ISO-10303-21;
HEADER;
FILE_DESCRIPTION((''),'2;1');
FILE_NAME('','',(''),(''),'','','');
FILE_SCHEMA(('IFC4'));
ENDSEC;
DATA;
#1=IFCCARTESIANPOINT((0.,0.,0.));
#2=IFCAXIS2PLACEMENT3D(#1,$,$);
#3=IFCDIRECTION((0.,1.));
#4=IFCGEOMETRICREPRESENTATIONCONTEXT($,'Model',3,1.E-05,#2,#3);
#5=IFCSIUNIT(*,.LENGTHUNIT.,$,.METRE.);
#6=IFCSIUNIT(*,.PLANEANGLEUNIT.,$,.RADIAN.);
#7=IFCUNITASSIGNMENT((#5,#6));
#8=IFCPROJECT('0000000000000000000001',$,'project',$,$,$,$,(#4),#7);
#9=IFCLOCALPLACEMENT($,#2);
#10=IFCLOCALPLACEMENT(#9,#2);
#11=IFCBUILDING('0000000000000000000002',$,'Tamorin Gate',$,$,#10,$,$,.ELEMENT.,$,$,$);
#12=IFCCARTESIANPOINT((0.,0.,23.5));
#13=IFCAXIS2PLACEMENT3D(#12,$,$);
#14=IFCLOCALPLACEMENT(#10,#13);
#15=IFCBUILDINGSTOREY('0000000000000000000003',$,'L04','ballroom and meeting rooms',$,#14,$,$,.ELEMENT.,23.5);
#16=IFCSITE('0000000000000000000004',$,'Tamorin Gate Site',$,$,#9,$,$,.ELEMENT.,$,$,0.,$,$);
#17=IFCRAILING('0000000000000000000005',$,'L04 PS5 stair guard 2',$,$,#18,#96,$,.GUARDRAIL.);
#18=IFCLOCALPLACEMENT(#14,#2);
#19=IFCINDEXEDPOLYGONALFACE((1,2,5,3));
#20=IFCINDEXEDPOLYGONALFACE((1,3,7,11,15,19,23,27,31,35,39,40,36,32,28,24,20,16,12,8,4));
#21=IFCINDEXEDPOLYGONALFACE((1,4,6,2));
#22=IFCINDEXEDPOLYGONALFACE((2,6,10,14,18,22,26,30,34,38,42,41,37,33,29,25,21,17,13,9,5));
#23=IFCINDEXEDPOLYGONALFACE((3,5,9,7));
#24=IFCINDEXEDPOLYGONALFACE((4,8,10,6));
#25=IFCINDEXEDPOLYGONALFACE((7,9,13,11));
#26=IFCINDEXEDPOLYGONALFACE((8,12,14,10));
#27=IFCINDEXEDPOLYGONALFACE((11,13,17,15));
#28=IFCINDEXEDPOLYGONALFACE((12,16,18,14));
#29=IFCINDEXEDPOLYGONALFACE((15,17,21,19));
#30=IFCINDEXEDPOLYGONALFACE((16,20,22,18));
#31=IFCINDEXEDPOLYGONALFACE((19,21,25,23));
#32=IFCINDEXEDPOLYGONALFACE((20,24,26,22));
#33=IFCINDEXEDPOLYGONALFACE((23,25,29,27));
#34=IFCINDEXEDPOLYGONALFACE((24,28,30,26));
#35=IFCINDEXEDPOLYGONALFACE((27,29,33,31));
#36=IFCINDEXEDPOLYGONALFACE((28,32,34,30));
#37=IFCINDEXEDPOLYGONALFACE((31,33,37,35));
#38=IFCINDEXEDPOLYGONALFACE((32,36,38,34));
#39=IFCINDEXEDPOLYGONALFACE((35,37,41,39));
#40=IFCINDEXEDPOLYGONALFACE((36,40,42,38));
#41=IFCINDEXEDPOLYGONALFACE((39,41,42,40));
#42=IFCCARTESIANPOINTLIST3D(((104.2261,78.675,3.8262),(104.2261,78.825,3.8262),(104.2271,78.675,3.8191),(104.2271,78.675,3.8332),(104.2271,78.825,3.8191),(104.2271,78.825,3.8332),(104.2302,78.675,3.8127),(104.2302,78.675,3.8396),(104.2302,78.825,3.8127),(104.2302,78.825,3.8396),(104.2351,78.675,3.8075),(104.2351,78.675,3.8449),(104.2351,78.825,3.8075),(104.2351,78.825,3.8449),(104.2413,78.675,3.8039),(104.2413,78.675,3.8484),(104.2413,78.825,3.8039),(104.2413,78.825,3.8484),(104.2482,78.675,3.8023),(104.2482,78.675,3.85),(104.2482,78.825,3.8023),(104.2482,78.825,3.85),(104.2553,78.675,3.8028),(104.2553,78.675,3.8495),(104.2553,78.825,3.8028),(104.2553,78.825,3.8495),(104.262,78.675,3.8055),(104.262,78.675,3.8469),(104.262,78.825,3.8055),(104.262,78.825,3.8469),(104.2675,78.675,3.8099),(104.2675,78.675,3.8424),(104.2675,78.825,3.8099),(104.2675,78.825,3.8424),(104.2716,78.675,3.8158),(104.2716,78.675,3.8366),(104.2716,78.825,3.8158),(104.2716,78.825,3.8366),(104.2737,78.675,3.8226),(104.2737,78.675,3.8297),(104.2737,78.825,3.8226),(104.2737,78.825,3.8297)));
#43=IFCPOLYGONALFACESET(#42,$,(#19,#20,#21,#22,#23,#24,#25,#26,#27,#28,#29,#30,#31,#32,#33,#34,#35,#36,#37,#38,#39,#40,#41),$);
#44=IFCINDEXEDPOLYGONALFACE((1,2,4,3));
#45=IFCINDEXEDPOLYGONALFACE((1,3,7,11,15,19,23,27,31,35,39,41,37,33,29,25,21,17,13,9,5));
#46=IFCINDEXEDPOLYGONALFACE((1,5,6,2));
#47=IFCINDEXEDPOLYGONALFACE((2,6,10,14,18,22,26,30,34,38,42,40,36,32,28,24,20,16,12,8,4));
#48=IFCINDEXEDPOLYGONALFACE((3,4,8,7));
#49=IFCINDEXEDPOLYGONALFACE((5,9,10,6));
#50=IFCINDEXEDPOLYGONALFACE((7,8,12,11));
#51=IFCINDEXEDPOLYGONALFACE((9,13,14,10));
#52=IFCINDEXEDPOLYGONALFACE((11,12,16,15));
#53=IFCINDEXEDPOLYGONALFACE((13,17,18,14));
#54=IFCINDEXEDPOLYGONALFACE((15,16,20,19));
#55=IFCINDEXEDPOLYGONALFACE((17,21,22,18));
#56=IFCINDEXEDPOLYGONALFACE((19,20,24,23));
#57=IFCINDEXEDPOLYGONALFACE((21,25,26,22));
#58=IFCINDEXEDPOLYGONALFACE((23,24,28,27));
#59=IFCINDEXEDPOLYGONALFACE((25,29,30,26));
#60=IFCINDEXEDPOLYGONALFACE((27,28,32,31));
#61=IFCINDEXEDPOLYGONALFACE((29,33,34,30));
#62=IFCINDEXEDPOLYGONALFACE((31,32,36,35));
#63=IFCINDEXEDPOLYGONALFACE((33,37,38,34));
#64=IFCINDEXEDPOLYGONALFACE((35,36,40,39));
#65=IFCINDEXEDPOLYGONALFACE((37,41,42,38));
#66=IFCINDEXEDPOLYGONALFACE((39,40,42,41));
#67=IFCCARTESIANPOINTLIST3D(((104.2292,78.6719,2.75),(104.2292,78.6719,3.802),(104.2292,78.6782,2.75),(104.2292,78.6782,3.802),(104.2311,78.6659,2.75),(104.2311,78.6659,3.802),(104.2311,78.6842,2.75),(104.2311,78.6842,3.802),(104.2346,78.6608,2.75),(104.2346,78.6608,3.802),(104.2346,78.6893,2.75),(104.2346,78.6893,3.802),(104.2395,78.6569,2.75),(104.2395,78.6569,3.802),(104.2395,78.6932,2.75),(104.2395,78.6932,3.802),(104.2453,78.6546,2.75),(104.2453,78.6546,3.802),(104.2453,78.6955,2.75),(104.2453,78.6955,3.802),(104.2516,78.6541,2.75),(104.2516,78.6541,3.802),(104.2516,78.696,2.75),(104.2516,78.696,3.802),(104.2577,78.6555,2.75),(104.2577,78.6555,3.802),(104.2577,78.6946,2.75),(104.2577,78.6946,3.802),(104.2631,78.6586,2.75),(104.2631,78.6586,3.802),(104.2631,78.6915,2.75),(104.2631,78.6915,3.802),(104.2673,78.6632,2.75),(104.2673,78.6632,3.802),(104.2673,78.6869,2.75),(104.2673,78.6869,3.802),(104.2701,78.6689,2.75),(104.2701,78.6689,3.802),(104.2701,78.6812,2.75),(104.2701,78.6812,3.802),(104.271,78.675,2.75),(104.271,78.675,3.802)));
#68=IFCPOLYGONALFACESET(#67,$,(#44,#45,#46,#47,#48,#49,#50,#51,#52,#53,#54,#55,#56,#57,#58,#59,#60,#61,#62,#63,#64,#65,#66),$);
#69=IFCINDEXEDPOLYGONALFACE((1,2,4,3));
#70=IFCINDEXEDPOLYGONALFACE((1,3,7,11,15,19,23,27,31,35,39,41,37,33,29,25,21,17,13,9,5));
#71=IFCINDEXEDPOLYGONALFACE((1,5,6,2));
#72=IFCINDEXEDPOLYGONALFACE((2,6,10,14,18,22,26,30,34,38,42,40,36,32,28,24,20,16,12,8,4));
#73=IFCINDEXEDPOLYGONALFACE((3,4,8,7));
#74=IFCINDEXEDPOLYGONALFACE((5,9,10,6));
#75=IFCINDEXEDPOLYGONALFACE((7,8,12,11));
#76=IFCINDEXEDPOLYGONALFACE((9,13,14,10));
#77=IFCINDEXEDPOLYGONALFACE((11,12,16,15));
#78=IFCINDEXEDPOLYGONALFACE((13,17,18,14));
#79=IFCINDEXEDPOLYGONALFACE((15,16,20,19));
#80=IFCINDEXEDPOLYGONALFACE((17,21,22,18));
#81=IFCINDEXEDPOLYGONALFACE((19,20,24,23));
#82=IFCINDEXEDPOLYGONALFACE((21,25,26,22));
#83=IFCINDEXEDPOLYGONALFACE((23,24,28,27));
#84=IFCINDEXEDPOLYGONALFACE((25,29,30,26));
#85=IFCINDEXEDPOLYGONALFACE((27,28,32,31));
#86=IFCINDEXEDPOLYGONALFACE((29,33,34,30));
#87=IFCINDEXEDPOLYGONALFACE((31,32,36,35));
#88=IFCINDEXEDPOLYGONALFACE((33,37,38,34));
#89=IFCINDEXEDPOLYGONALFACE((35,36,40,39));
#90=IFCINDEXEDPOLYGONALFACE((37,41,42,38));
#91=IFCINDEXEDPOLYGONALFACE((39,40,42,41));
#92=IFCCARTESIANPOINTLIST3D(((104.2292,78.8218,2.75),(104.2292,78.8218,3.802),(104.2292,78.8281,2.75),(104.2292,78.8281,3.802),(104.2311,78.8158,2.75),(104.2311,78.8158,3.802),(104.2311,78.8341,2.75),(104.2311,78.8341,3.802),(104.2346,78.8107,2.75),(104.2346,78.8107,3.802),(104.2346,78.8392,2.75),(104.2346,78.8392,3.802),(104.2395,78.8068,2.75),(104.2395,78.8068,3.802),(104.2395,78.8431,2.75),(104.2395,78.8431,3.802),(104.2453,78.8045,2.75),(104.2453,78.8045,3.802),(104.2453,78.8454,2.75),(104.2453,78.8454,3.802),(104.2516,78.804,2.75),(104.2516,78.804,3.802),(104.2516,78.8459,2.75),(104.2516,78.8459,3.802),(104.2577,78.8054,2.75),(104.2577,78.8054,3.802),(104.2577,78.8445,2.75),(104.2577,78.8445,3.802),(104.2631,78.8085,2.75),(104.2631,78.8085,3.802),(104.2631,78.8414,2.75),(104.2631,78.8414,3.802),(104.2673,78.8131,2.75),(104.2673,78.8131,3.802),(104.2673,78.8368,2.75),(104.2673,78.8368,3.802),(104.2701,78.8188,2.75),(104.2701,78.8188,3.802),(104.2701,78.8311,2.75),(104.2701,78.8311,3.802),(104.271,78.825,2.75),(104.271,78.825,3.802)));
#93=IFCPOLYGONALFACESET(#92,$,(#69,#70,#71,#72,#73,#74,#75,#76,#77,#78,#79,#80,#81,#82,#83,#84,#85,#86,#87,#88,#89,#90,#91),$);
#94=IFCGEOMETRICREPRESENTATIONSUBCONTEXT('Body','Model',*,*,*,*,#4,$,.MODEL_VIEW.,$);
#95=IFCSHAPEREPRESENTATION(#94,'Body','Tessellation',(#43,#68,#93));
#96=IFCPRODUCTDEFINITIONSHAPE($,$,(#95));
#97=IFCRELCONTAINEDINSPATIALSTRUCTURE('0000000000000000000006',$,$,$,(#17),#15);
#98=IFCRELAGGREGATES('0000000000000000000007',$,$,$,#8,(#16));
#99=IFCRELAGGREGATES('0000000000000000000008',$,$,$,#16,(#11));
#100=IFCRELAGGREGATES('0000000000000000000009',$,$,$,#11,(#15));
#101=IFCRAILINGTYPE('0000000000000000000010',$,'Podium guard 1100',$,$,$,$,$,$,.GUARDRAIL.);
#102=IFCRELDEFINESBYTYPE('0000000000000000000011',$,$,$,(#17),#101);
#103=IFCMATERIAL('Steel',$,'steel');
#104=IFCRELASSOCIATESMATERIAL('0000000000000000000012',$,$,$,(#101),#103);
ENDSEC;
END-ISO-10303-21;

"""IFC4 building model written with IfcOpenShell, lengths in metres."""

from ifc_helpers import new_model, si_unit, direction, frame, origin, origin_2d, place, context, subcontext, project, spatial, circle, extrude, material, type_object, element, save


model = new_model("IFC4")

# Units and contexts
model_context = context("Model", 3, precision=1e-05, world=origin(), true_north=direction((0.0, 1.0)))
body_context = subcontext(model_context, "Body", "Model", "MODEL_VIEW")
ifc_project = project(units=[si_unit("LENGTHUNIT", "METRE"), si_unit("PLANEANGLEUNIT", "RADIAN")], contexts=[model_context])

# Site, building, storey
site_placement = place(None, origin())
site = spatial("IfcSite", under=ifc_project, at=site_placement, Name="Tamorin Gate Site", CompositionType="ELEMENT", RefElevation=0.0)
building_placement = place(site_placement, origin())
building = spatial("IfcBuilding", under=site, at=building_placement, Name="Tamorin Gate", CompositionType="ELEMENT")
storey_placement = place(building_placement, frame((0.0, 0.0, 23.5)))
storey = spatial("IfcBuildingStorey", under=building, at=storey_placement, Name="L04", Description="ballroom and meeting rooms", CompositionType="ELEMENT", Elevation=23.5)

# Railing
ifc_material_1 = material(Name="Steel", Category="steel")
railing_type_1 = type_object("IfcRailingType", Name="Podium guard 1100", PredefinedType="GUARDRAIL", material=ifc_material_1)
railing_1_placement = place(storey_placement, frame((104.25, 78.675, 2.75)))
element("IfcRailing", 1, at=railing_1_placement, inside=storey, type_object=railing_type_1, Name="L04 PS5 stair guard 2", PredefinedType="GUARDRAIL", context=body_context, shape_type="SweptSolid", body=[
    extrude(circle(Radius=0.0239, at=origin_2d()), frame((0.0, 0.0, 1.0762), z_axis=(0.0, 1.0, 0.0), x_axis=(-1.0, 0.0, 0.0)), (0.0, 0.0, 1.0), 0.1499),
    extrude(circle(Radius=0.021, at=origin_2d()), origin(), (0.0, 0.0, 1.0), 1.052),
    extrude(circle(Radius=0.021, at=origin_2d()), frame((0.0, 0.1499, 0.0)), (0.0, 0.0, 1.0), 1.052),
])

save(model, "model.ifc")
